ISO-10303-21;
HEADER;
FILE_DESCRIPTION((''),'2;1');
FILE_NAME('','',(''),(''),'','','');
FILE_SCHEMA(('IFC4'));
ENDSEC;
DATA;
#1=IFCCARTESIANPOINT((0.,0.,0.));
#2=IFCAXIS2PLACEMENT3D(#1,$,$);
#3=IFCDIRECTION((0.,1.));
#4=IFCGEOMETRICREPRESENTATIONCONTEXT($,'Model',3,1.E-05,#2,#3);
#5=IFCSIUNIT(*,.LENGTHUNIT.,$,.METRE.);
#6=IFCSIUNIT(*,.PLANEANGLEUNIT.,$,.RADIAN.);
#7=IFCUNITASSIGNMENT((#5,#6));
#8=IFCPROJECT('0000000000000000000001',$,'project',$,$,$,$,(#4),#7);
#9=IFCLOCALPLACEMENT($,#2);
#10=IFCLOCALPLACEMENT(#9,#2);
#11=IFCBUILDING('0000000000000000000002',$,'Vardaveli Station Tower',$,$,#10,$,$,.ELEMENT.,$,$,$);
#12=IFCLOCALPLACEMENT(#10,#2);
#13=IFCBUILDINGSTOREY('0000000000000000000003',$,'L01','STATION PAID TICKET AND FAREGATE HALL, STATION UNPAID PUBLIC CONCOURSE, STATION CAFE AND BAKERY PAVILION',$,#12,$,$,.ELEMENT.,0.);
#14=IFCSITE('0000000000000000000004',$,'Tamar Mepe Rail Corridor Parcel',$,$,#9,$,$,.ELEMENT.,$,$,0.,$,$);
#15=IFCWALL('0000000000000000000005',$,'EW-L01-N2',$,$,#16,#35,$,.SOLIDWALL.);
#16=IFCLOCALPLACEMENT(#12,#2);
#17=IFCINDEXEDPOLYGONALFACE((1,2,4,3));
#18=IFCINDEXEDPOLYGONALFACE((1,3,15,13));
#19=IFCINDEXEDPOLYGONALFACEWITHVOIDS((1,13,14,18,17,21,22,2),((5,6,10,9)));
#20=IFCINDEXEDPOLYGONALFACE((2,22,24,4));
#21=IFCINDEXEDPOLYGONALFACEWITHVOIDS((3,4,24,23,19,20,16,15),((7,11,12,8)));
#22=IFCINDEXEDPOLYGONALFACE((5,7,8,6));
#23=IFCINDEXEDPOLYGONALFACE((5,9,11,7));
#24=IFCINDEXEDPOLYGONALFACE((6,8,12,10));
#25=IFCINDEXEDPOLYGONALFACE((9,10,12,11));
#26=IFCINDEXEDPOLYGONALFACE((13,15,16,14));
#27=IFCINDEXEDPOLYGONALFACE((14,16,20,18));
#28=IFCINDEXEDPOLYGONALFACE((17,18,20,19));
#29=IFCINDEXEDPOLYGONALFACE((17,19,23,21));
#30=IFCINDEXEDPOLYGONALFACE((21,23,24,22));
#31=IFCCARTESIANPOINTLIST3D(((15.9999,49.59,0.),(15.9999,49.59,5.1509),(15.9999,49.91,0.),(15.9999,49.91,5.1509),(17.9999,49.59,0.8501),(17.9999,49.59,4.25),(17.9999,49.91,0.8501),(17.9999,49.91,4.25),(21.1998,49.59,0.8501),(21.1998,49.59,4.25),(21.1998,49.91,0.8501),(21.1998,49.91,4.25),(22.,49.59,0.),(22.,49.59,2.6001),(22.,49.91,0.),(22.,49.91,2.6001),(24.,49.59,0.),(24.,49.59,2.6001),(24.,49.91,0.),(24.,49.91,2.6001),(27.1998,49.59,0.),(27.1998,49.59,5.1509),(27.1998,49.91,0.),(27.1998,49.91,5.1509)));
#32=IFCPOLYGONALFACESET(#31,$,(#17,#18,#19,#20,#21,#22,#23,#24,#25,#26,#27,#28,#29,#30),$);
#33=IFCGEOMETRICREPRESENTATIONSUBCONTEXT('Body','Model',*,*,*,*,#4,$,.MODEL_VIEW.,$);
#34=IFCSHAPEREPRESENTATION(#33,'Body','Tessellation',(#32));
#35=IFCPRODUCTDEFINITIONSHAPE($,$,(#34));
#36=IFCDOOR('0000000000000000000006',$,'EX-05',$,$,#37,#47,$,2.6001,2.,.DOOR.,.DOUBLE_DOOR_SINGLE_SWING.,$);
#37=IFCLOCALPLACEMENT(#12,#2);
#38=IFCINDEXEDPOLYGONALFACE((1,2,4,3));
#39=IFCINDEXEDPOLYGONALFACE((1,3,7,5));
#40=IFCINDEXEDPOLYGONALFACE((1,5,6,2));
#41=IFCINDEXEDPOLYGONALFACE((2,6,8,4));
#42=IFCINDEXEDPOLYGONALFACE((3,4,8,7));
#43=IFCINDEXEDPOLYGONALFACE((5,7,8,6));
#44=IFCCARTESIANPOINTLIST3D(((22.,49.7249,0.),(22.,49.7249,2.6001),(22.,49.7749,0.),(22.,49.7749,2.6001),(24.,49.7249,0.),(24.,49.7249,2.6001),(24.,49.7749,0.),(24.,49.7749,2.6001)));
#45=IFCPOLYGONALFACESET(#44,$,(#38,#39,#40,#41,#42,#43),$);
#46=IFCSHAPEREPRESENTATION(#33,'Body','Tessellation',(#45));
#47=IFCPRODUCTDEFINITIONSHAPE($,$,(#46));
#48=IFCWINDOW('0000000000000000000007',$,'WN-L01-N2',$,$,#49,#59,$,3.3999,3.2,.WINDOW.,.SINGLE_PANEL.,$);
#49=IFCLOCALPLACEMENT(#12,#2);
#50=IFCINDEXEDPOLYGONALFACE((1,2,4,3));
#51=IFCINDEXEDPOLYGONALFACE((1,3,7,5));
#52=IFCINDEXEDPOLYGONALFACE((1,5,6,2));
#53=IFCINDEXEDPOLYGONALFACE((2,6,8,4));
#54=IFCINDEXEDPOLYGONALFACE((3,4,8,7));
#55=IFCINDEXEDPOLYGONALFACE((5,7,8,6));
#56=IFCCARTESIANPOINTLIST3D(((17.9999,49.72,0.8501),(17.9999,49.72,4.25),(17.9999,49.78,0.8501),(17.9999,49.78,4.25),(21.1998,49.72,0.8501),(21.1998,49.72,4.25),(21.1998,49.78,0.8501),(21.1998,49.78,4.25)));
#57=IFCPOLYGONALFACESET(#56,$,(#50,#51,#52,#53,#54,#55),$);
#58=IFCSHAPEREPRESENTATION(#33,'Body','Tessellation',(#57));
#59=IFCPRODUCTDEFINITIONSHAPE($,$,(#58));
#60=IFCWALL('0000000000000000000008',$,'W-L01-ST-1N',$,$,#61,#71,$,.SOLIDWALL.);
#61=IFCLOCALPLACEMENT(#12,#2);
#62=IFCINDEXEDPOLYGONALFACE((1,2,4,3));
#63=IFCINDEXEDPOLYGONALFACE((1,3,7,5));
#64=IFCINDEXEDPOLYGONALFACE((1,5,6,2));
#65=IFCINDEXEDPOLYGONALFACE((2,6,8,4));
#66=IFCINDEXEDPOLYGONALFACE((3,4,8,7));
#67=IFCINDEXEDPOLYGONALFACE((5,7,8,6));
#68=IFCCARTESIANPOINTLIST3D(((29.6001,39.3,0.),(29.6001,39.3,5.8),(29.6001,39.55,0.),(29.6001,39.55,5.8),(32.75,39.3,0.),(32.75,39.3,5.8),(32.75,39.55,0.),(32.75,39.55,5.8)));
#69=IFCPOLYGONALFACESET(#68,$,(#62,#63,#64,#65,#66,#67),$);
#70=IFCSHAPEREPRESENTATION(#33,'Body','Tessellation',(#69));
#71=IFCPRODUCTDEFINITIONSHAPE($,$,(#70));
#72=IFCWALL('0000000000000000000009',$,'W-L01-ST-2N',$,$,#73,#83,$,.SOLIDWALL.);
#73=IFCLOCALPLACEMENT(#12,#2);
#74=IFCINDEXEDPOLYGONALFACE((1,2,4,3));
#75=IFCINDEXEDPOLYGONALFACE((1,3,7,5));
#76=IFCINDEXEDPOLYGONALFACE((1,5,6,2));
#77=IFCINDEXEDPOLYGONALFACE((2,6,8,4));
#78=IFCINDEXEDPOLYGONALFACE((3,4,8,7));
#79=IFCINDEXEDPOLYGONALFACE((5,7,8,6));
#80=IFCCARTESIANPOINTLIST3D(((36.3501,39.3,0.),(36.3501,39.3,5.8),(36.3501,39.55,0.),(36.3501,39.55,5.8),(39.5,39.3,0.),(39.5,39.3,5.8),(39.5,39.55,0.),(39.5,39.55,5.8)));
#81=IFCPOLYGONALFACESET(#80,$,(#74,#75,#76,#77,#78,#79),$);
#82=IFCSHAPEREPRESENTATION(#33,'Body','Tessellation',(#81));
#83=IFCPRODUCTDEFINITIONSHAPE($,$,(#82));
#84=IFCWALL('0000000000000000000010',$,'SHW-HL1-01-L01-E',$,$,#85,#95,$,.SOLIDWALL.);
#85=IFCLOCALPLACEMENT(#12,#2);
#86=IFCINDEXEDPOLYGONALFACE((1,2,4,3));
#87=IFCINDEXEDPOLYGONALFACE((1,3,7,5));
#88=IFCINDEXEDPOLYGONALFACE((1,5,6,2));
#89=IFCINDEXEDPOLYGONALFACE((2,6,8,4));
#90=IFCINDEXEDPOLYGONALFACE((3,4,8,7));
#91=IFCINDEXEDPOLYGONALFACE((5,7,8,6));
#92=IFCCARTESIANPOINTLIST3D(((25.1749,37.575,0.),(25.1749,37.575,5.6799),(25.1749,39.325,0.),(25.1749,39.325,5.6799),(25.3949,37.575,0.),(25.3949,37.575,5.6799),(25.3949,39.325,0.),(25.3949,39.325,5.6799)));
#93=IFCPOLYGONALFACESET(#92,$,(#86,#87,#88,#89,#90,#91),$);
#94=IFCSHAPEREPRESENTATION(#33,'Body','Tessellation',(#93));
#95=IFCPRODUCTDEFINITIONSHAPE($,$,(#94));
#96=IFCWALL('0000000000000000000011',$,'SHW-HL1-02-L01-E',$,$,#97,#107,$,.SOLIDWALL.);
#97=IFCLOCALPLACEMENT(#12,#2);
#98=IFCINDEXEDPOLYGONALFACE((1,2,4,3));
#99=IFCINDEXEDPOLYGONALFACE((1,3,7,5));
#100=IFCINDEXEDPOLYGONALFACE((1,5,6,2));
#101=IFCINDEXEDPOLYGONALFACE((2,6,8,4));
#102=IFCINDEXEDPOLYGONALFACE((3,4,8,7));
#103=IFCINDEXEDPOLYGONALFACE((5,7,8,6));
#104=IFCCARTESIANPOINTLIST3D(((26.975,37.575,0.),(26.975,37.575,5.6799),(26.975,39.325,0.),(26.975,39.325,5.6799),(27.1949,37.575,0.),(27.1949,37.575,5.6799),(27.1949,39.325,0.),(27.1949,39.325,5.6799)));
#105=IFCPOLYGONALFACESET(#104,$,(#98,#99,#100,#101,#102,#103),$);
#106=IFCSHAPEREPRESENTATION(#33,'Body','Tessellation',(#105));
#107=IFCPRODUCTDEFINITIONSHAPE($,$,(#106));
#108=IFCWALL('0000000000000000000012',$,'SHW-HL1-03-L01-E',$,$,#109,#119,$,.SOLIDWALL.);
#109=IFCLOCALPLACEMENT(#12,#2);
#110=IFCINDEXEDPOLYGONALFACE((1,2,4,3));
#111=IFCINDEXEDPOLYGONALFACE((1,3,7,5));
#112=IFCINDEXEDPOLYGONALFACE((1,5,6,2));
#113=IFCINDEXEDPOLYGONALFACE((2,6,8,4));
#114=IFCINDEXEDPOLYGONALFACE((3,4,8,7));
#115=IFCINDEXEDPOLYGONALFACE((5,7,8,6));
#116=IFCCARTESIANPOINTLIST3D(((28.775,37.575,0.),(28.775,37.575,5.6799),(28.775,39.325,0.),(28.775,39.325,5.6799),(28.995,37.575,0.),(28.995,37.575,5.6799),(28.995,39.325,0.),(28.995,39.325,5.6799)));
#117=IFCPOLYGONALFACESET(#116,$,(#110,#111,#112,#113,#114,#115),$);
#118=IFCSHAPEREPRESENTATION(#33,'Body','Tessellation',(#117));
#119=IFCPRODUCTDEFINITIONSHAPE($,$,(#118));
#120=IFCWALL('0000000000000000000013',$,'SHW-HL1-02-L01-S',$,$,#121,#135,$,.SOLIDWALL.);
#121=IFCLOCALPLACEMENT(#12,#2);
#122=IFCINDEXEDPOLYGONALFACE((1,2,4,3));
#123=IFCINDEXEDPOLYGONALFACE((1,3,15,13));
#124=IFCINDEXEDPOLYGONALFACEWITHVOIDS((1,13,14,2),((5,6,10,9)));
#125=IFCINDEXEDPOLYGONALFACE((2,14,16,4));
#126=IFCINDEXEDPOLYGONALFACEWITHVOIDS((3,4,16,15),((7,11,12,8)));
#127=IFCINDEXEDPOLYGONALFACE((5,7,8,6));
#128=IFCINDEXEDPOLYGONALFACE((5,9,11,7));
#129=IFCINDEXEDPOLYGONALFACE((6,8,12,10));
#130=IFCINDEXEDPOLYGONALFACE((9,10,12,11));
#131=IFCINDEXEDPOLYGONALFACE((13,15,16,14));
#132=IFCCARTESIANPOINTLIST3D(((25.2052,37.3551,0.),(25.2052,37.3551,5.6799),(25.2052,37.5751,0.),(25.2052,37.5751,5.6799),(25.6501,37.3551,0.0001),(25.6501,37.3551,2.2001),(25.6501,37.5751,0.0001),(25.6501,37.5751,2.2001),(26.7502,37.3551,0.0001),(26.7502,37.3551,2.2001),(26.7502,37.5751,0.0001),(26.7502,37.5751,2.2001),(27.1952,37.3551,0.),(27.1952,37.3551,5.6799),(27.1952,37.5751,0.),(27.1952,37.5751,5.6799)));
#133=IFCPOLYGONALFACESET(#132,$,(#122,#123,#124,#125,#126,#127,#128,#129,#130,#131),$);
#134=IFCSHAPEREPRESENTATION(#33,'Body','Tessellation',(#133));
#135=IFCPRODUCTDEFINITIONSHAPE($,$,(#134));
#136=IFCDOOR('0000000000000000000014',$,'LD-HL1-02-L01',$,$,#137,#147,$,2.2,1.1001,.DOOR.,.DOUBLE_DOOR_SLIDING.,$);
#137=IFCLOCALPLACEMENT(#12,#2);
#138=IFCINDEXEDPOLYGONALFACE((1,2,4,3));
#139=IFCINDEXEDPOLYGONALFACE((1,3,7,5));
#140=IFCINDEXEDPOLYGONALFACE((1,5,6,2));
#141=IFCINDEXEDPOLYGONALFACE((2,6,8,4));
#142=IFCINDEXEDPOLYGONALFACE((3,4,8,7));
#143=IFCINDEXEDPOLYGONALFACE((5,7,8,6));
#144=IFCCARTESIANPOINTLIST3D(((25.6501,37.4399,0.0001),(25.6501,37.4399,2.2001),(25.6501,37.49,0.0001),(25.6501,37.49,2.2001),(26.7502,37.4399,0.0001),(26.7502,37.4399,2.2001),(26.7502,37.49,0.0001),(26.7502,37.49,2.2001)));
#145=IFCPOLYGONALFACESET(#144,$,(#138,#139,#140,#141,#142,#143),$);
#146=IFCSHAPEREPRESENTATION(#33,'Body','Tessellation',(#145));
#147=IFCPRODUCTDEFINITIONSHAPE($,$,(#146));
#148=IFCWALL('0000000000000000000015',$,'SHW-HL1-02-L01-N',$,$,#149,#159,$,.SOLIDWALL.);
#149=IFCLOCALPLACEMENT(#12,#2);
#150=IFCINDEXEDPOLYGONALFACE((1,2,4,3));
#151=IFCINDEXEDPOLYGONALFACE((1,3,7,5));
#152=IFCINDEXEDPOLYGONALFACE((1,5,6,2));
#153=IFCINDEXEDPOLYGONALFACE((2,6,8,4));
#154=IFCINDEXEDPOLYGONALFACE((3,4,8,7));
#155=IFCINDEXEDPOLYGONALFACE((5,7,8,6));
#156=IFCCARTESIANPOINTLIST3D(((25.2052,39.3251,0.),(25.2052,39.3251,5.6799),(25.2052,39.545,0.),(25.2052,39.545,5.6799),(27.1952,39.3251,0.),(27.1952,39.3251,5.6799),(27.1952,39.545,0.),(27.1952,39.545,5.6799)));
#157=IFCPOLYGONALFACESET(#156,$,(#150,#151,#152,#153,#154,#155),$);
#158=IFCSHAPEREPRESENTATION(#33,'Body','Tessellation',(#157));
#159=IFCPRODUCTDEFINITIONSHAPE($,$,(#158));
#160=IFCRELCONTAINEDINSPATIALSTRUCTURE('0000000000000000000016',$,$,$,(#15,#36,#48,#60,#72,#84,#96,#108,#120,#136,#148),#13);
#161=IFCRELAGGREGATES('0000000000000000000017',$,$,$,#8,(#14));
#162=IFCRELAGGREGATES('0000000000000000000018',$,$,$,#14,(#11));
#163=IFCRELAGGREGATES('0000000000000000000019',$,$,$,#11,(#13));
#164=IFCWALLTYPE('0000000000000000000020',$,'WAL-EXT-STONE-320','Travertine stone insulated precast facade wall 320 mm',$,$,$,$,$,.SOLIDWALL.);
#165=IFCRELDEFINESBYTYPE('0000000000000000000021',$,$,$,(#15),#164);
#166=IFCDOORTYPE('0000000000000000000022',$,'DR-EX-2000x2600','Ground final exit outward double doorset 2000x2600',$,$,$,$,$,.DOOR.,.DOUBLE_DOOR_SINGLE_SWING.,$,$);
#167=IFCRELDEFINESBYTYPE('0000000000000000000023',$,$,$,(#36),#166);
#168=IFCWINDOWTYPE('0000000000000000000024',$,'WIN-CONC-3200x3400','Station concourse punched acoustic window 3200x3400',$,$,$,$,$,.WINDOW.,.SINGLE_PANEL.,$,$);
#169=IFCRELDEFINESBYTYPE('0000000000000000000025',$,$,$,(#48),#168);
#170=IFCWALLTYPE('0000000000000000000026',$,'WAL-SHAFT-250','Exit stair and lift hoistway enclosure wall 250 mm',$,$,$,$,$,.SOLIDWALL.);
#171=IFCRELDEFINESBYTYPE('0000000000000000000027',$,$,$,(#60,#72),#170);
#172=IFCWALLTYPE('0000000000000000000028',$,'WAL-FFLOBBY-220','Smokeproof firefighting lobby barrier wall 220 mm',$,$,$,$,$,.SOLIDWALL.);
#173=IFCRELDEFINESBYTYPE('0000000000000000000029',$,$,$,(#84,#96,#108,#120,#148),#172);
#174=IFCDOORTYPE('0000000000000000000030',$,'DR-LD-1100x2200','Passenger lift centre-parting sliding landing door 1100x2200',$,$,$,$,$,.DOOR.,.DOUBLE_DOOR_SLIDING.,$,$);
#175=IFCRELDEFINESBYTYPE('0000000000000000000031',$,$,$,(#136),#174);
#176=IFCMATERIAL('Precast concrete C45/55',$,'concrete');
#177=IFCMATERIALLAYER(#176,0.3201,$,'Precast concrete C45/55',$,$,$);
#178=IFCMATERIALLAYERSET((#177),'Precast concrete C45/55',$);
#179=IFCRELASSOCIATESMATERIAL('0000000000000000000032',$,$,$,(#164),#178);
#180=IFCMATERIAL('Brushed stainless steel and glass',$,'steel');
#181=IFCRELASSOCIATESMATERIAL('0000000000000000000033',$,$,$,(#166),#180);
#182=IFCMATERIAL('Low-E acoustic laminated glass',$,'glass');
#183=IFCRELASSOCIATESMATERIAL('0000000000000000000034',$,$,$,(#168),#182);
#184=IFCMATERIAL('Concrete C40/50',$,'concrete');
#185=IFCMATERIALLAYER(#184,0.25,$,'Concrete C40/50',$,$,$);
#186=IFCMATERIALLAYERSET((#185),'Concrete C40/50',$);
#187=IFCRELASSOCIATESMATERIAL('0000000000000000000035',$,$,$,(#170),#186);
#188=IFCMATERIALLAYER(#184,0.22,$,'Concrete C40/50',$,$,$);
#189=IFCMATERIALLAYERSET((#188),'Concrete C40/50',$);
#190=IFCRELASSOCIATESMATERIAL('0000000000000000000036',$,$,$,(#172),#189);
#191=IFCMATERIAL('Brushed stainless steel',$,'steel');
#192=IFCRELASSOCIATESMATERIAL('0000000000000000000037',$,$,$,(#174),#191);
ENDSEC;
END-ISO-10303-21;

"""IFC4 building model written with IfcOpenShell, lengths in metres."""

from ifc_helpers import new_model, si_unit, direction, frame, frame_2d, origin, place, context, subcontext, project, spatial, rectangle, extrude, source, transform, mapped, material, layer, layer_set, type_object, element, fill, save


model = new_model("IFC4")

# Units and contexts
model_context = context("Model", 3, precision=1e-05, world=origin(), true_north=direction((0.0, 1.0)))
body_context = subcontext(model_context, "Body", "Model", "MODEL_VIEW")
ifc_project = project(units=[si_unit("LENGTHUNIT", "METRE"), si_unit("PLANEANGLEUNIT", "RADIAN")], contexts=[model_context])

# Site, building, storey
site_placement = place(None, origin())
site = spatial("IfcSite", under=ifc_project, at=site_placement, Name="Tamar Mepe Rail Corridor Parcel", CompositionType="ELEMENT", RefElevation=0.0)
building_placement = place(site_placement, origin())
building = spatial("IfcBuilding", under=site, at=building_placement, Name="Vardaveli Station Tower", CompositionType="ELEMENT")
storey_placement = place(building_placement, origin())
storey = spatial("IfcBuildingStorey", under=building, at=storey_placement, Name="L01", Description="STATION PAID TICKET AND FAREGATE HALL, STATION UNPAID PUBLIC CONCOURSE, STATION CAFE AND BAKERY PAVILION", CompositionType="ELEMENT", Elevation=0.0)

# Wall, openings, door, window
ifc_material_1 = material(Name="Precast concrete C45/55", Category="concrete")
ifc_layer_1 = layer(ifc_material_1, 0.3201, Name="Precast concrete C45/55")
ifc_layer_set_1 = layer_set([ifc_layer_1], Name="Precast concrete C45/55")
wall_type_1 = type_object("IfcWallType", Name="WAL-EXT-STONE-320", Description="Travertine stone insulated precast facade wall 320 mm", PredefinedType="SOLIDWALL", material=ifc_layer_set_1)
shared_shape_1 = source(origin(), body_context, "Body", "SweptSolid", [
    extrude(rectangle(XDim=11.2, YDim=0.3201, at=frame_2d((5.6001, 0.0))), origin(), (0.0, 0.0, 1.0), 5.1509),
])
wall_1_placement = place(storey_placement, frame((27.2, 49.75, 0.0), z_axis=(0.0, 0.0, 1.0), x_axis=(-1.0, 0.0, 0.0)))
wall_1 = element("IfcWall", 1, at=wall_1_placement, inside=storey, type_object=wall_type_1, Name="EW-L01-N2", PredefinedType="SOLIDWALL", context=body_context, shape_type="MappedRepresentation", body=[
    mapped(shared_shape_1, transform((0.0, 0.0, 0.0), scale=1.0)),
])
shared_shape_2 = source(origin(), body_context, "Body", "SweptSolid", [
    extrude(rectangle(XDim=2.0, YDim=2.6001, at=frame_2d((1.0, 1.3))), frame((0.0, 0.1699, 0.0), z_axis=(0.0, -1.0, 0.0), x_axis=(1.0, 0.0, 0.0)), (0.0, 0.0, 1.0), 0.3401),
])
opening_1_placement = place(wall_1_placement, frame((3.2, 0.0, 0.0)))
opening_1 = element("IfcOpeningElement", 2, at=opening_1_placement, cuts=wall_1, PredefinedType="OPENING", context=body_context, shape_type="MappedRepresentation", body=[
    mapped(shared_shape_2, transform((0.0, 0.0, 0.0), scale=1.0)),
])
shared_shape_3 = source(origin(), body_context, "Body", "SweptSolid", [
    extrude(rectangle(XDim=3.2, YDim=3.3999, at=frame_2d((1.6001, 1.7))), frame((0.0, 0.1699, 0.0), z_axis=(0.0, -1.0, 0.0), x_axis=(1.0, 0.0, 0.0)), (0.0, 0.0, 1.0), 0.3401),
])
opening_2_placement = place(wall_1_placement, frame((6.0, 0.0, 0.8501)))
opening_2 = element("IfcOpeningElement", 3, at=opening_2_placement, cuts=wall_1, PredefinedType="OPENING", context=body_context, shape_type="MappedRepresentation", body=[
    mapped(shared_shape_3, transform((0.0, 0.0, 0.0), scale=1.0)),
])
ifc_material_2 = material(Name="Brushed stainless steel and glass", Category="steel")
door_type_1 = type_object("IfcDoorType", Name="DR-EX-2000x2600", Description="Ground final exit outward double doorset 2000x2600", OperationType="DOUBLE_DOOR_SINGLE_SWING", PredefinedType="DOOR", material=ifc_material_2)
shared_shape_4 = source(origin(), body_context, "Body", "SweptSolid", [
    extrude(rectangle(XDim=2.0, YDim=2.6001, at=frame_2d((1.0, 1.3))), frame((0.0, 0.0249, 0.0), z_axis=(0.0, -1.0, 0.0), x_axis=(1.0, 0.0, 0.0)), (0.0, 0.0, 1.0), 0.05),
])
door_1_placement = place(opening_1_placement, frame((2.0, 0.0, 0.0), z_axis=(0.0, 0.0, 1.0), x_axis=(-1.0, 0.0, 0.0)))
door_1 = element("IfcDoor", 4, at=door_1_placement, inside=storey, type_object=door_type_1, Name="EX-05", OperationType="DOUBLE_DOOR_SINGLE_SWING", OverallHeight=2.6001, OverallWidth=2.0, PredefinedType="DOOR", context=body_context, shape_type="MappedRepresentation", body=[
    mapped(shared_shape_4, transform((0.0, 0.0, 0.0), scale=1.0)),
])
fill(opening_1, door_1)
ifc_material_3 = material(Name="Low-E acoustic laminated glass", Category="glass")
window_type = type_object("IfcWindowType", Name="WIN-CONC-3200x3400", Description="Station concourse punched acoustic window 3200x3400", PartitioningType="SINGLE_PANEL", PredefinedType="WINDOW", material=ifc_material_3)
shared_shape_5 = source(origin(), body_context, "Body", "SweptSolid", [
    extrude(rectangle(XDim=3.2, YDim=3.3999, at=frame_2d((1.6001, 1.7))), frame((0.0, 0.03, 0.0), z_axis=(0.0, -1.0, 0.0), x_axis=(1.0, 0.0, 0.0)), (0.0, 0.0, 1.0), 0.0601),
])
window_placement = place(opening_2_placement, origin())
window = element("IfcWindow", 5, at=window_placement, inside=storey, type_object=window_type, Name="WN-L01-N2", OverallHeight=3.3999, OverallWidth=3.2, PartitioningType="SINGLE_PANEL", PredefinedType="WINDOW", context=body_context, shape_type="MappedRepresentation", body=[
    mapped(shared_shape_5, transform((0.0, 0.0, 0.0), scale=1.0)),
])
fill(opening_2, window)

# Walls
ifc_material_4 = material(Name="Concrete C40/50", Category="concrete")
ifc_layer_2 = layer(ifc_material_4, 0.25, Name="Concrete C40/50")
ifc_layer_set_2 = layer_set([ifc_layer_2], Name="Concrete C40/50")
wall_type_2 = type_object("IfcWallType", Name="WAL-SHAFT-250", Description="Exit stair and lift hoistway enclosure wall 250 mm", PredefinedType="SOLIDWALL", material=ifc_layer_set_2)
shared_shape_6 = source(origin(), body_context, "Body", "SweptSolid", [
    extrude(rectangle(XDim=3.1499, YDim=0.25, at=frame_2d((1.575, 0.0))), origin(), (0.0, 0.0, 1.0), 5.8),
])
for number, where, z_axis, x_axis, name in (
    (6, (29.6001, 39.425, 0.0), (0.0, 0.0, 1.0), (1.0, 0.0, 0.0), "W-L01-ST-1N"),
    (7, (36.3501, 39.425, 0.0), (0.0, 0.0, 1.0), (1.0, 0.0, 0.0), "W-L01-ST-2N"),
):
    element("IfcWall", number, at=place(storey_placement, frame(where, z_axis=z_axis, x_axis=x_axis)), inside=storey, type_object=wall_type_2, Name=name, PredefinedType="SOLIDWALL", context=body_context, shape_type="MappedRepresentation", body=[
        mapped(shared_shape_6, transform((0.0, 0.0, 0.0), scale=1.0)),
    ])
ifc_layer_3 = layer(ifc_material_4, 0.22, Name="Concrete C40/50")
ifc_layer_set_3 = layer_set([ifc_layer_3], Name="Concrete C40/50")
wall_type_3 = type_object("IfcWallType", Name="WAL-FFLOBBY-220", Description="Smokeproof firefighting lobby barrier wall 220 mm", PredefinedType="SOLIDWALL", material=ifc_layer_set_3)
shared_shape_7 = source(origin(), body_context, "Body", "SweptSolid", [
    extrude(rectangle(XDim=1.75, YDim=0.22, at=frame_2d((0.875, 0.0))), origin(), (0.0, 0.0, 1.0), 5.6799),
])
for number, where, z_axis, x_axis, name in (
    (8, (25.2849, 37.575, 0.0), (0.0, 0.0, 1.0), (0.0, 1.0, 0.0), "SHW-HL1-01-L01-E"),
    (9, (27.085, 37.575, 0.0), (0.0, 0.0, 1.0), (0.0, 1.0, 0.0), "SHW-HL1-02-L01-E"),
    (10, (28.885, 37.575, 0.0), (0.0, 0.0, 1.0), (0.0, 1.0, 0.0), "SHW-HL1-03-L01-E"),
):
    element("IfcWall", number, at=place(storey_placement, frame(where, z_axis=z_axis, x_axis=x_axis)), inside=storey, type_object=wall_type_3, Name=name, PredefinedType="SOLIDWALL", context=body_context, shape_type="MappedRepresentation", body=[
        mapped(shared_shape_7, transform((0.0, 0.0, 0.0), scale=1.0)),
    ])

# Wall, opening, door
shared_shape_8 = source(origin(), body_context, "Body", "SweptSolid", [
    extrude(rectangle(XDim=1.99, YDim=0.22, at=frame_2d((0.9951, 0.0))), origin(), (0.0, 0.0, 1.0), 5.6799),
])
wall_2_placement = place(storey_placement, frame((25.2051, 37.4651, 0.0), z_axis=(0.0, 0.0, 1.0), x_axis=(1.0, 0.0, 0.0)))
wall_2 = element("IfcWall", 11, at=wall_2_placement, inside=storey, type_object=wall_type_3, Name="SHW-HL1-02-L01-S", PredefinedType="SOLIDWALL", context=body_context, shape_type="MappedRepresentation", body=[
    mapped(shared_shape_8, transform((0.0, 0.0, 0.0), scale=1.0)),
])
shared_shape_9 = source(origin(), body_context, "Body", "SweptSolid", [
    extrude(rectangle(XDim=1.1001, YDim=2.2, at=frame_2d((0.55, 1.1001))), frame((0.0, 0.1201, 0.0), z_axis=(0.0, -1.0, 0.0), x_axis=(1.0, 0.0, 0.0)), (0.0, 0.0, 1.0), 0.24),
])
opening_3_placement = place(wall_2_placement, frame((0.4451, 0.0, 0.0)))
opening_3 = element("IfcOpeningElement", 12, at=opening_3_placement, cuts=wall_2, PredefinedType="OPENING", context=body_context, shape_type="MappedRepresentation", body=[
    mapped(shared_shape_9, transform((0.0, 0.0, 0.0), scale=1.0)),
])
ifc_material_5 = material(Name="Brushed stainless steel", Category="steel")
door_type_2 = type_object("IfcDoorType", Name="DR-LD-1100x2200", Description="Passenger lift centre-parting sliding landing door 1100x2200", OperationType="DOUBLE_DOOR_SLIDING", PredefinedType="DOOR", material=ifc_material_5)
shared_shape_10 = source(origin(), body_context, "Body", "SweptSolid", [
    extrude(rectangle(XDim=1.1001, YDim=2.2, at=frame_2d((0.55, 1.1001))), frame((0.0, 0.0249, 0.0), z_axis=(0.0, -1.0, 0.0), x_axis=(1.0, 0.0, 0.0)), (0.0, 0.0, 1.0), 0.05),
])
door_2_placement = place(opening_3_placement, origin())
door_2 = element("IfcDoor", 13, at=door_2_placement, inside=storey, type_object=door_type_2, Name="LD-HL1-02-L01", OperationType="DOUBLE_DOOR_SLIDING", OverallHeight=2.2, OverallWidth=1.1001, PredefinedType="DOOR", context=body_context, shape_type="MappedRepresentation", body=[
    mapped(shared_shape_10, transform((0.0, 0.0, 0.0), scale=1.0)),
])
fill(opening_3, door_2)

# Wall
wall_3_placement = place(storey_placement, frame((25.2051, 39.4351, 0.0), z_axis=(0.0, 0.0, 1.0), x_axis=(1.0, 0.0, 0.0)))
element("IfcWall", 14, at=wall_3_placement, inside=storey, type_object=wall_type_3, Name="SHW-HL1-02-L01-N", PredefinedType="SOLIDWALL", context=body_context, shape_type="MappedRepresentation", body=[
    mapped(shared_shape_8, transform((0.0, 0.0, 0.0), scale=1.0)),
])

save(model, "model.ifc")
